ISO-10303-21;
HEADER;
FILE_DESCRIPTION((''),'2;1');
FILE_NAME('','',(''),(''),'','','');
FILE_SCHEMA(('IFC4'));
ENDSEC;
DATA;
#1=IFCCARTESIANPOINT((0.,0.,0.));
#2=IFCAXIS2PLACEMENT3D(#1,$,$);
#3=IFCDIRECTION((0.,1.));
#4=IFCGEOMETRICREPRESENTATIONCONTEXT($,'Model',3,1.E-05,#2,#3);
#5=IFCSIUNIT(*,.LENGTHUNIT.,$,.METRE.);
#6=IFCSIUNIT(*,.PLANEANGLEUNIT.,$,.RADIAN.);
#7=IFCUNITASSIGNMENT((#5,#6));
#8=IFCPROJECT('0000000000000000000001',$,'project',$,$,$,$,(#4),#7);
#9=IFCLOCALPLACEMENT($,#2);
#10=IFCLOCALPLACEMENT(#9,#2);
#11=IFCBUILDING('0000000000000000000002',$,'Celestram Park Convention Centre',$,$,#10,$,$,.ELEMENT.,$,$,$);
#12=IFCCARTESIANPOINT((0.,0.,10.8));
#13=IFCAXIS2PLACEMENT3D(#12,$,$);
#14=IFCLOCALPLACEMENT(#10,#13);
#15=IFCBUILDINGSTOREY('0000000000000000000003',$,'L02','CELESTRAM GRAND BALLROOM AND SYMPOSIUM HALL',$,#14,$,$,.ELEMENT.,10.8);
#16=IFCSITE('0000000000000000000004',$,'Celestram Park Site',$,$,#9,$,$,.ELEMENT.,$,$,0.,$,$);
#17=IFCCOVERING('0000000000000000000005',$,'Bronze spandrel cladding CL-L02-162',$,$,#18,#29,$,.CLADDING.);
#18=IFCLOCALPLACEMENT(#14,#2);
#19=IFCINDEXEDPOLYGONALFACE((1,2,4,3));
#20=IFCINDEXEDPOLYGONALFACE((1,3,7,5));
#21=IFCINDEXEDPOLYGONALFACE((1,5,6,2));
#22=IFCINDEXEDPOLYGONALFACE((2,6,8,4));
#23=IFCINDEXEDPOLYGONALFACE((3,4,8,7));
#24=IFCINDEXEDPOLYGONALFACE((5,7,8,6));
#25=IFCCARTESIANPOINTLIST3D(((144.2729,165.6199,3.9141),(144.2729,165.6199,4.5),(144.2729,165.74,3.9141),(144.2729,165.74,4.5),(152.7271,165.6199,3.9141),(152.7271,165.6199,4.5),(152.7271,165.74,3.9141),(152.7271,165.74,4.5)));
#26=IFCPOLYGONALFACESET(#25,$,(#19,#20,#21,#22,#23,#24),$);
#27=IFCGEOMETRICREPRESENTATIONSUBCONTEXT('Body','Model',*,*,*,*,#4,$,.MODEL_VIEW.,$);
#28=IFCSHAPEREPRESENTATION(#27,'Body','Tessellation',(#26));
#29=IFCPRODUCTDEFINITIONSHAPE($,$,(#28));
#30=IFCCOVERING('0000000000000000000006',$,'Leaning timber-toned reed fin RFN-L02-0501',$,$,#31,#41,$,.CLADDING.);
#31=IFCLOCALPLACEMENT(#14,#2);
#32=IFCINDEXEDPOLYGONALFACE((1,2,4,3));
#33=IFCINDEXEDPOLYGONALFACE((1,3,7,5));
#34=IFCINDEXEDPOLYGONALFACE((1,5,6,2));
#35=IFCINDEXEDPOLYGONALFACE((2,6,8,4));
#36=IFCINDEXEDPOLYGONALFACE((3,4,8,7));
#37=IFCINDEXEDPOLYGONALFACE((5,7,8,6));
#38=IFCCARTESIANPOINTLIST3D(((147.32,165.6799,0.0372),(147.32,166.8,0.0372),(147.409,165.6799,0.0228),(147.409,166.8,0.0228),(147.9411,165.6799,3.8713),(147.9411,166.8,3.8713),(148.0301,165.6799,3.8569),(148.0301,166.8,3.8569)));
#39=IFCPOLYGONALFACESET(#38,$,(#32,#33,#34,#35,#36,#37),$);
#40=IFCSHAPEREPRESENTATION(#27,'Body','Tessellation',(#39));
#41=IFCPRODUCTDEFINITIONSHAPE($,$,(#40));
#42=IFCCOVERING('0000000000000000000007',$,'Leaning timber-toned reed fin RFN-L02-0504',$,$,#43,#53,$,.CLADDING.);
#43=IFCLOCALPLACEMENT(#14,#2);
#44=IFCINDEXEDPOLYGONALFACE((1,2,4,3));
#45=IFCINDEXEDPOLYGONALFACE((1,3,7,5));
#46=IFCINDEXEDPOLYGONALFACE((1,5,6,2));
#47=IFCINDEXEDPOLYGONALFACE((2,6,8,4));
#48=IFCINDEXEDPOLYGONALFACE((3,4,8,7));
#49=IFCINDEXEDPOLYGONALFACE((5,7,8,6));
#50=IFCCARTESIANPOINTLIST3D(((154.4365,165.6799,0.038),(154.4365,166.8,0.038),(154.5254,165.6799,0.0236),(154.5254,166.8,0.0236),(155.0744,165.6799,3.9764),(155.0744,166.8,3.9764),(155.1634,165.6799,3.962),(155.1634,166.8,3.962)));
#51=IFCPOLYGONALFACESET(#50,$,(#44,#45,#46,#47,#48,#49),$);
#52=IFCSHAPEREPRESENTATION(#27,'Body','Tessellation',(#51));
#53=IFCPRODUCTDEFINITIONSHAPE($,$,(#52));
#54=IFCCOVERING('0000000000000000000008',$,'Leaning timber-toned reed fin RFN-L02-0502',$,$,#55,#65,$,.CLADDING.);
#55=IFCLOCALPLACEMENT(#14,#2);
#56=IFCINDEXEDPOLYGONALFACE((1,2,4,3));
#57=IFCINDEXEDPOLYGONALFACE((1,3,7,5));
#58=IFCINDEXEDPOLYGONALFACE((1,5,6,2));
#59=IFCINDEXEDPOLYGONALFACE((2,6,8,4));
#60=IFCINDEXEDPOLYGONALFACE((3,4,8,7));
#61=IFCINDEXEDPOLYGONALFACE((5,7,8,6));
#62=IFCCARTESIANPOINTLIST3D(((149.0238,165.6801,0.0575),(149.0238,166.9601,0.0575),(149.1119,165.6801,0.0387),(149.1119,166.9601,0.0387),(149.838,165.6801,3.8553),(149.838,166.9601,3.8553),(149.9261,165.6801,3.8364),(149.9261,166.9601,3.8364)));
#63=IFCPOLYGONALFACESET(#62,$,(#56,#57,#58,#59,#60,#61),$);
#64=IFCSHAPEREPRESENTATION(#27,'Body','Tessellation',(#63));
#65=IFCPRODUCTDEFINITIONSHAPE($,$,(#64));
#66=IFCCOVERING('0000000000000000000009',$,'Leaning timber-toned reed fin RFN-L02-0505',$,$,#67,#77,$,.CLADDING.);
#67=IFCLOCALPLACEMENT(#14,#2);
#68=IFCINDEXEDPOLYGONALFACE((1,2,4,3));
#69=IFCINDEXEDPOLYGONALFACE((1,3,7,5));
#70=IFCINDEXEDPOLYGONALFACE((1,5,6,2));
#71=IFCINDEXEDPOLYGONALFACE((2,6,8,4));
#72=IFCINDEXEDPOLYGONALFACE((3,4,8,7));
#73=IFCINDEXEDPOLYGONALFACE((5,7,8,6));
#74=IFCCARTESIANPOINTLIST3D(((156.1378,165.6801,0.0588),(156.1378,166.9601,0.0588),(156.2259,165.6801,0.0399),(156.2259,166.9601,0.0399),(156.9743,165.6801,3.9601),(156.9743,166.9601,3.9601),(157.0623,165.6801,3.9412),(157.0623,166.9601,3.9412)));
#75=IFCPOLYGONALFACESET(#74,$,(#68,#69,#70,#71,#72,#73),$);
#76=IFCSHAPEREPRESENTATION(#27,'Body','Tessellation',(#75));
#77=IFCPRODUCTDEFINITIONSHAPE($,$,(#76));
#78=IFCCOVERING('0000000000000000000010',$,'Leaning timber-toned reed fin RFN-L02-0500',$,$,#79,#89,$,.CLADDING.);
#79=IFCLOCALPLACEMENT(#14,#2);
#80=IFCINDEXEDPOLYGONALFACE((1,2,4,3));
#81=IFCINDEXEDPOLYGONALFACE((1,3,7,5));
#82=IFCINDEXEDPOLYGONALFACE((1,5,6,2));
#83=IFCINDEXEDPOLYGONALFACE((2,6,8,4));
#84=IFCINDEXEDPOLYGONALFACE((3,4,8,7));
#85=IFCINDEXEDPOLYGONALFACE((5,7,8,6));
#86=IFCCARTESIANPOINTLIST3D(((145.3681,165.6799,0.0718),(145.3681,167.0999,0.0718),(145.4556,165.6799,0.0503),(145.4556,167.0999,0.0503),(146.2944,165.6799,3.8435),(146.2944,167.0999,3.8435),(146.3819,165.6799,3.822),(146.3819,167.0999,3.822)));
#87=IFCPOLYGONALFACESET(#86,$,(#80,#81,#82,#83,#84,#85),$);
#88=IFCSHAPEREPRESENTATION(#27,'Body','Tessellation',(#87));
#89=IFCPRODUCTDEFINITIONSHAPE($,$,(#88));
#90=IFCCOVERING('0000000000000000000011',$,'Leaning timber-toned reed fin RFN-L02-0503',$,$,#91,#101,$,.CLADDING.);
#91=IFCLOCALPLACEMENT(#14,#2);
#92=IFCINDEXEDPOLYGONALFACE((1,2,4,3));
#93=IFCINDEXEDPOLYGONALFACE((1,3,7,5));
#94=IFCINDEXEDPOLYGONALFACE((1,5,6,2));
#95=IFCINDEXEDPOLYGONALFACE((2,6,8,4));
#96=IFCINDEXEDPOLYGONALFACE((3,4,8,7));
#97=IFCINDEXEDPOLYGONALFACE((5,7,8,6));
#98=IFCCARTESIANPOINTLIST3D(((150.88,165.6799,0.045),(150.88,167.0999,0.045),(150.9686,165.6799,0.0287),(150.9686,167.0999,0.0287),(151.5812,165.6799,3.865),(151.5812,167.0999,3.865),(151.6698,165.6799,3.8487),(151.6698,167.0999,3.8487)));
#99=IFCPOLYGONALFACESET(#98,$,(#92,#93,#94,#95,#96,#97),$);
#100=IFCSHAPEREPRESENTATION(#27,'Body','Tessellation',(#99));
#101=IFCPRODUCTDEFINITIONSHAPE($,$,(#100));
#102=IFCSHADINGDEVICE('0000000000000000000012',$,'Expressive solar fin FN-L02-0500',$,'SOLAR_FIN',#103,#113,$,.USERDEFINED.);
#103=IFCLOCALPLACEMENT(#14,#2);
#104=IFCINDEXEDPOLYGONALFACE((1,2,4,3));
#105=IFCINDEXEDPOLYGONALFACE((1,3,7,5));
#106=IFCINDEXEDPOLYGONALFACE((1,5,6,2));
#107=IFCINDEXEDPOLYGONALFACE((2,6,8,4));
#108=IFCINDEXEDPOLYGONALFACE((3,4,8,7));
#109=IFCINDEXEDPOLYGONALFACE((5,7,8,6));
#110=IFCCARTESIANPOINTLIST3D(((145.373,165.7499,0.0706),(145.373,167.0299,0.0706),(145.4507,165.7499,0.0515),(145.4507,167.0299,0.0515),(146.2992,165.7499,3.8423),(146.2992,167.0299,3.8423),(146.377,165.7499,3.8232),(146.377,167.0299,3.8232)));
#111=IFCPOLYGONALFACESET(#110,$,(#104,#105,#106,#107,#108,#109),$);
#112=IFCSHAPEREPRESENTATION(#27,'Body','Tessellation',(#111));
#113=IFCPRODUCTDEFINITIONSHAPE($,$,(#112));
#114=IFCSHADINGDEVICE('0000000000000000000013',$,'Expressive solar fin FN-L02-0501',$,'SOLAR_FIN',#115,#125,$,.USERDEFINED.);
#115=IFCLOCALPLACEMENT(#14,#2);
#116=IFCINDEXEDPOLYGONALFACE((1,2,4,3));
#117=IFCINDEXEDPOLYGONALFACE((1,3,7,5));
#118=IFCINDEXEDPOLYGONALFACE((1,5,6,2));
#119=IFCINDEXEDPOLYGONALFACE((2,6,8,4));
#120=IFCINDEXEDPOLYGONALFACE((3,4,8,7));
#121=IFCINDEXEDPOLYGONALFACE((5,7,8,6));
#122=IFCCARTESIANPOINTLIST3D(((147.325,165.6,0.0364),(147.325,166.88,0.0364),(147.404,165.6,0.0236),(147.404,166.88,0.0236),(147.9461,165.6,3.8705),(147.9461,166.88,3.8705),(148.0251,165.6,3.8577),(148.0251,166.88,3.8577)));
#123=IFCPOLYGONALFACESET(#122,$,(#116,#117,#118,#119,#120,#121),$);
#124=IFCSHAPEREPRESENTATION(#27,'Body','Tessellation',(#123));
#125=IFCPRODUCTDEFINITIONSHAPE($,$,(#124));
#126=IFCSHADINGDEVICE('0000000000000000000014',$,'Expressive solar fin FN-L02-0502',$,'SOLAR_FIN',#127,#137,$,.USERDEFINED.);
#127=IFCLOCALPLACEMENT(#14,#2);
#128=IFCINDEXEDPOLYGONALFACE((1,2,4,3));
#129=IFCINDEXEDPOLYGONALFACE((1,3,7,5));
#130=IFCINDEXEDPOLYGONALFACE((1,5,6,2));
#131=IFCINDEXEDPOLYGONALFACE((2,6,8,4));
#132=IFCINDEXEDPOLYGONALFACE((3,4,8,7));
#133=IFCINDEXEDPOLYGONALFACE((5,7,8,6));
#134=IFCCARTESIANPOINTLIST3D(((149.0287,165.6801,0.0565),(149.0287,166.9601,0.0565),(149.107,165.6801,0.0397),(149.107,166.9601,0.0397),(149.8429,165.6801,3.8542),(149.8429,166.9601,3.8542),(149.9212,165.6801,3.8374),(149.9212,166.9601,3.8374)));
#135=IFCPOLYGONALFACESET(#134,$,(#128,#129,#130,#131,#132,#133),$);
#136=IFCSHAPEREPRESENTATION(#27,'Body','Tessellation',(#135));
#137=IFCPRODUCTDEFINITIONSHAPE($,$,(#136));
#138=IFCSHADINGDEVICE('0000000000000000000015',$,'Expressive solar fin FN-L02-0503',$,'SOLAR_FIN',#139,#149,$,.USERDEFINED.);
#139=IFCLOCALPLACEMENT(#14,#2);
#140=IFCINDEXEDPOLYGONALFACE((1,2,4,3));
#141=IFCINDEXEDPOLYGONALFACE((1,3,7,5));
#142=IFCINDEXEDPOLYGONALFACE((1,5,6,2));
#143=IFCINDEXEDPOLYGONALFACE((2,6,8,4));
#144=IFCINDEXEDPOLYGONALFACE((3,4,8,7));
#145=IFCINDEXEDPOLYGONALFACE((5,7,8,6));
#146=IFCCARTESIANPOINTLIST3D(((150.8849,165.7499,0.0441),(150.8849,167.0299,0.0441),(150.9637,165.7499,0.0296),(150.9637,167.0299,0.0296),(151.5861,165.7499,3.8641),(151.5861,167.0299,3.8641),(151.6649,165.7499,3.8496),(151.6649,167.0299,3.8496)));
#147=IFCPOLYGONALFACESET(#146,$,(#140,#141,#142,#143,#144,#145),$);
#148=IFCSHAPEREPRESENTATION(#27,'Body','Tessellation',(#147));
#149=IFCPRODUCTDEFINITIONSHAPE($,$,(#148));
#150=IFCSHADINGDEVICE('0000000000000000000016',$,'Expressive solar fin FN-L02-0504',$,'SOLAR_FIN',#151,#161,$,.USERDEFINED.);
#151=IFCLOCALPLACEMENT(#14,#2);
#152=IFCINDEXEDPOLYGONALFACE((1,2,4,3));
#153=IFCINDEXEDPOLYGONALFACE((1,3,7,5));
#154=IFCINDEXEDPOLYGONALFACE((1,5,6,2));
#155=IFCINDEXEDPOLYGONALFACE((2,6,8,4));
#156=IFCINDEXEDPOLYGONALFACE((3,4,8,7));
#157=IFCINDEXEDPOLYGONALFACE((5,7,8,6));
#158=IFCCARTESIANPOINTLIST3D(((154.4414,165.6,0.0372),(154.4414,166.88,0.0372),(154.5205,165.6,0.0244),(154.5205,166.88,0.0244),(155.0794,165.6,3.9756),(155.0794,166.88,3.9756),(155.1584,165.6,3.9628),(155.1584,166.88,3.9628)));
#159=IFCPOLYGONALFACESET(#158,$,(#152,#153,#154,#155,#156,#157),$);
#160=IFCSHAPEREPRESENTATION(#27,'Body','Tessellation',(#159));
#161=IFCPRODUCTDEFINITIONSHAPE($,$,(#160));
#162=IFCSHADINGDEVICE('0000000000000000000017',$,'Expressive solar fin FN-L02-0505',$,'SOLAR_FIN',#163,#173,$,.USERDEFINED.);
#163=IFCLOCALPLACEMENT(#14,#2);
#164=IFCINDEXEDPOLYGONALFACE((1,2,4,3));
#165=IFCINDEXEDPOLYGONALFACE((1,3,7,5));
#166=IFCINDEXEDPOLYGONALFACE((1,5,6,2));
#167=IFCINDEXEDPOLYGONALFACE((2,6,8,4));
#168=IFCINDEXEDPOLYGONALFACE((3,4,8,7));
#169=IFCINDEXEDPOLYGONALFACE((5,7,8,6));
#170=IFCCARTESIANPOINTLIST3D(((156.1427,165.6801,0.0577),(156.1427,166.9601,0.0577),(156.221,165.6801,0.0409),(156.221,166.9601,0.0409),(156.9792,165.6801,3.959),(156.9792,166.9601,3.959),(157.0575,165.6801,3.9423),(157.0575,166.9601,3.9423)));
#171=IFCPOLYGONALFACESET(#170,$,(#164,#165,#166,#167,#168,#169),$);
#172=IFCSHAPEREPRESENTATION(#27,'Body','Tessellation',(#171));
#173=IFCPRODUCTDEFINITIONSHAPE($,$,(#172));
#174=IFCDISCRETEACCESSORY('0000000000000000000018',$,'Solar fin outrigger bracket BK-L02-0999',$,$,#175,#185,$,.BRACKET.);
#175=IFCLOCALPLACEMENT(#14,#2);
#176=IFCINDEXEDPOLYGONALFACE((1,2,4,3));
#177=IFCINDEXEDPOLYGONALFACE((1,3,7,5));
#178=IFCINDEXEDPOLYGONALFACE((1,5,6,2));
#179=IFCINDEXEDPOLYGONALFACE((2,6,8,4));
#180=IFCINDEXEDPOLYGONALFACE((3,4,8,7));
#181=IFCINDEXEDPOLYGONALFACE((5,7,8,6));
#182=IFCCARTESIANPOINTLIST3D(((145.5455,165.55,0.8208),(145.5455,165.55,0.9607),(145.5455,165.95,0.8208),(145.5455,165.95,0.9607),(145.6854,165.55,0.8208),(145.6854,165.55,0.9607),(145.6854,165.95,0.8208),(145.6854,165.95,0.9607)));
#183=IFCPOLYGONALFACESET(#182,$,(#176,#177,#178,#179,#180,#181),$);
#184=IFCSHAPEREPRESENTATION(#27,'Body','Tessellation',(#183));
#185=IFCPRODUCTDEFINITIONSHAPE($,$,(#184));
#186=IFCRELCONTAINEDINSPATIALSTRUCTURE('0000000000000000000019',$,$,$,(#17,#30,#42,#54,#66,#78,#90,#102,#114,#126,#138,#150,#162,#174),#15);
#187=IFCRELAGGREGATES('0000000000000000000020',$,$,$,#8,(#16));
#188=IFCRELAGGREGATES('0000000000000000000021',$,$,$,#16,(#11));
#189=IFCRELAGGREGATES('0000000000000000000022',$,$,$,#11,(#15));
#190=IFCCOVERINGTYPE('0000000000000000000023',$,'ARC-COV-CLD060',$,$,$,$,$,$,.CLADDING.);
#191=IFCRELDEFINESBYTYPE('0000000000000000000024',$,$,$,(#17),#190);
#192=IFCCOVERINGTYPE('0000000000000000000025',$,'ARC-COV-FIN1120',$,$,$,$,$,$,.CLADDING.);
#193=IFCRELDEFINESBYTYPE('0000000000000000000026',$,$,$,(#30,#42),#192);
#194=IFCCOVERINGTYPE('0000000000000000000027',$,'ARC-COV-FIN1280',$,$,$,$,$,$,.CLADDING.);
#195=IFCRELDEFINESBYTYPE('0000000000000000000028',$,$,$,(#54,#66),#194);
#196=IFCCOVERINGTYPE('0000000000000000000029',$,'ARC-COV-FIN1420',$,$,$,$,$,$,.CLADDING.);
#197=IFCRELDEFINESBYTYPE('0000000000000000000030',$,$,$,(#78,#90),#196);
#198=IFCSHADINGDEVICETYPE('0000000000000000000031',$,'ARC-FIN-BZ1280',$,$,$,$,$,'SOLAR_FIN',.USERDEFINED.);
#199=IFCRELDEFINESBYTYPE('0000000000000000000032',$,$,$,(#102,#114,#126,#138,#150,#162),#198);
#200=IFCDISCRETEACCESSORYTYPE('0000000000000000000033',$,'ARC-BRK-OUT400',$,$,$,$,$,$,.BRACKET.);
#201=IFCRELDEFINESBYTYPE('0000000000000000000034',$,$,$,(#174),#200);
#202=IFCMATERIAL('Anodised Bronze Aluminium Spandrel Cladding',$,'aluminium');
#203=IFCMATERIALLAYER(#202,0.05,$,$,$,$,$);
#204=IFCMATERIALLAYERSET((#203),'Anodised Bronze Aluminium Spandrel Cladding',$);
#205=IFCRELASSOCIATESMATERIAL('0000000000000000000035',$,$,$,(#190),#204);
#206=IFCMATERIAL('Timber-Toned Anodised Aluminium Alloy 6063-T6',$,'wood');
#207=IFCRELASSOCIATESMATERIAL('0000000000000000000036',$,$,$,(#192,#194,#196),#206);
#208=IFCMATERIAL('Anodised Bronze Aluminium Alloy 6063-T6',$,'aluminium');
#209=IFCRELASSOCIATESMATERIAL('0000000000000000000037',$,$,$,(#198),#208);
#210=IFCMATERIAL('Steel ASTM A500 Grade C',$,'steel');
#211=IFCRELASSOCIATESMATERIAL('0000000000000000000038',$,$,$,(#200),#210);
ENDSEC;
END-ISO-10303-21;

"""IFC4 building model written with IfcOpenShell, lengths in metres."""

from ifc_helpers import new_model, si_unit, direction, frame, origin, origin_2d, place, context, subcontext, project, spatial, rectangle, extrude, material, layer, layer_set, material_profile, profile_set, type_object, element, save


model = new_model("IFC4")

# Units and contexts
model_context = context("Model", 3, precision=1e-05, world=origin(), true_north=direction((0.0, 1.0)))
body_context = subcontext(model_context, "Body", "Model", "MODEL_VIEW")
ifc_project = project(units=[si_unit("LENGTHUNIT", "METRE"), si_unit("PLANEANGLEUNIT", "RADIAN")], contexts=[model_context])

# Site, building, storey
site_placement = place(None, origin())
site = spatial("IfcSite", under=ifc_project, at=site_placement, Name="Celestram Park Site", CompositionType="ELEMENT", RefElevation=0.0)
building_placement = place(site_placement, origin())
building = spatial("IfcBuilding", under=site, at=building_placement, Name="Celestram Park Convention Centre", CompositionType="ELEMENT")
storey_placement = place(building_placement, frame((0.0, 0.0, 10.8)))
storey = spatial("IfcBuildingStorey", under=building, at=storey_placement, Name="L02", Description="CELESTRAM GRAND BALLROOM AND SYMPOSIUM HALL", CompositionType="ELEMENT", Elevation=10.8)

# Coverings
ifc_material_1 = material(Name="Anodised Bronze Aluminium Spandrel Cladding", Category="aluminium")
ifc_layer = layer(ifc_material_1, 0.05)
ifc_layer_set = layer_set([ifc_layer], Name="Anodised Bronze Aluminium Spandrel Cladding")
covering_type_1 = type_object("IfcCoveringType", Name="ARC-COV-CLD060", PredefinedType="CLADDING", material=ifc_layer_set)
covering_1_placement = place(storey_placement, frame((148.5, 165.6799, 3.9141), z_axis=(0.0, 0.0, 1.0), x_axis=(1.0, 0.0, 0.0)))
element("IfcCovering", 1, at=covering_1_placement, inside=storey, type_object=covering_type_1, Name="Bronze spandrel cladding CL-L02-162", PredefinedType="CLADDING", context=body_context, shape_type="SweptSolid", body=[
    extrude(rectangle(XDim=8.4541, YDim=0.1201, at=origin_2d()), origin(), (0.0, 0.0, 1.0), 0.5859),
])
ifc_material_2 = material(Name="Timber-Toned Anodised Aluminium Alloy 6063-T6", Category="wood")
ifc_material_profile_1 = material_profile(ifc_material_2, rectangle(XDim=1.1201, YDim=0.0901, at=origin_2d()), Name="REED1120X90")
ifc_profile_set_1 = profile_set([ifc_material_profile_1], Name="Timber-Toned Anodised Aluminium Alloy 6063-T6")
covering_type_2 = type_object("IfcCoveringType", Name="ARC-COV-FIN1120", PredefinedType="CLADDING", material=ifc_profile_set_1)
covering_2_placement = place(storey_placement, frame((147.3645, 166.24, 0.03), z_axis=(0.159912, 0.0, 0.987131), x_axis=(0.0, 1.0, 0.0)))
element("IfcCovering", 2, at=covering_2_placement, inside=storey, type_object=covering_type_2, Name="Leaning timber-toned reed fin RFN-L02-0501", PredefinedType="CLADDING", context=body_context, shape_type="SweptSolid", body=[
    extrude(rectangle(XDim=1.1201, YDim=0.0901, at=origin_2d()), origin(), (0.0, 0.0, 1.0), 3.884),
])
covering_3_placement = place(storey_placement, frame((154.481, 166.24, 0.0308), z_axis=(0.159892, 0.0, 0.987134), x_axis=(0.0, 1.0, 0.0)))
element("IfcCovering", 3, at=covering_3_placement, inside=storey, type_object=covering_type_2, Name="Leaning timber-toned reed fin RFN-L02-0504", PredefinedType="CLADDING", context=body_context, shape_type="SweptSolid", body=[
    extrude(rectangle(XDim=1.1201, YDim=0.0901, at=origin_2d()), origin(), (0.0, 0.0, 1.0), 3.9897),
])
ifc_material_profile_2 = material_profile(ifc_material_2, rectangle(XDim=1.28, YDim=0.0901, at=origin_2d()), Name="REED1280X90")
ifc_profile_set_2 = profile_set([ifc_material_profile_2], Name="Timber-Toned Anodised Aluminium Alloy 6063-T6")
covering_type_3 = type_object("IfcCoveringType", Name="ARC-COV-FIN1280", PredefinedType="CLADDING", material=ifc_profile_set_2)
covering_4_placement = place(storey_placement, frame((149.0679, 166.3201, 0.0481), z_axis=(0.209624, 0.0, 0.977782), x_axis=(0.0, 1.0, 0.0)))
element("IfcCovering", 4, at=covering_4_placement, inside=storey, type_object=covering_type_3, Name="Leaning timber-toned reed fin RFN-L02-0502", PredefinedType="CLADDING", context=body_context, shape_type="SweptSolid", body=[
    extrude(rectangle(XDim=1.28, YDim=0.0901, at=origin_2d()), origin(), (0.0, 0.0, 1.0), 3.884),
])
covering_5_placement = place(storey_placement, frame((156.1819, 166.3201, 0.0493), z_axis=(0.209629, 0.0, 0.977781), x_axis=(0.0, 1.0, 0.0)))
element("IfcCovering", 5, at=covering_5_placement, inside=storey, type_object=covering_type_3, Name="Leaning timber-toned reed fin RFN-L02-0505", PredefinedType="CLADDING", context=body_context, shape_type="SweptSolid", body=[
    extrude(rectangle(XDim=1.28, YDim=0.0901, at=origin_2d()), origin(), (0.0, 0.0, 1.0), 3.99),
])
ifc_material_profile_3 = material_profile(ifc_material_2, rectangle(XDim=1.4199, YDim=0.0901, at=origin_2d()), Name="REED1420X90")
ifc_profile_set_3 = profile_set([ifc_material_profile_3], Name="Timber-Toned Anodised Aluminium Alloy 6063-T6")
covering_type_4 = type_object("IfcCoveringType", Name="ARC-COV-FIN1420", PredefinedType="CLADDING", material=ifc_profile_set_3)
for number, where, z_axis, x_axis, name in (
    (6, (145.4119, 166.3899, 0.061), (0.238496, 0.0, 0.971144), (0.0, 1.0, 0.0), "Leaning timber-toned reed fin RFN-L02-0500"),
    (7, (150.9243, 166.3899, 0.0369), (0.180534, 0.0, 0.983569), (0.0, 1.0, 0.0), "Leaning timber-toned reed fin RFN-L02-0503"),
):
    element("IfcCovering", number, at=place(storey_placement, frame(where, z_axis=z_axis, x_axis=x_axis)), inside=storey, type_object=covering_type_4, Name=name, PredefinedType="CLADDING", context=body_context, shape_type="SweptSolid", body=[
        extrude(rectangle(XDim=1.4199, YDim=0.0901, at=origin_2d()), origin(), (0.0, 0.0, 1.0), 3.8838),
    ])

# Shading devices
ifc_material_3 = material(Name="Anodised Bronze Aluminium Alloy 6063-T6", Category="aluminium")
ifc_material_profile_4 = material_profile(ifc_material_3, rectangle(XDim=1.28, YDim=0.0801, at=origin_2d()), Name="FIN1280X80")
ifc_profile_set_4 = profile_set([ifc_material_profile_4], Name="Anodised Bronze Aluminium Alloy 6063-T6")
shading_device_type = type_object("IfcShadingDeviceType", Name="ARC-FIN-BZ1280", ElementType="SOLAR_FIN", PredefinedType="USERDEFINED", material=ifc_profile_set_4)
shading_device_1_placement = place(storey_placement, frame((145.4119, 166.3899, 0.061), z_axis=(0.238496, 0.0, 0.971144), x_axis=(0.0, 1.0, 0.0)))
element("IfcShadingDevice", 8, at=shading_device_1_placement, inside=storey, type_object=shading_device_type, Name="Expressive solar fin FN-L02-0500", ObjectType="SOLAR_FIN", PredefinedType="USERDEFINED", context=body_context, shape_type="SweptSolid", body=[
    extrude(rectangle(XDim=1.28, YDim=0.0801, at=origin_2d()), origin(), (0.0, 0.0, 1.0), 3.8838),
])
for number, where, z_axis, x_axis, name in (
    (9, (147.3645, 166.24, 0.03), (0.159912, 0.0, 0.987131), (0.0, 1.0, 0.0), "Expressive solar fin FN-L02-0501"),
    (10, (149.0679, 166.3201, 0.0481), (0.209624, 0.0, 0.977782), (0.0, 1.0, 0.0), "Expressive solar fin FN-L02-0502"),
):
    element("IfcShadingDevice", number, at=place(storey_placement, frame(where, z_axis=z_axis, x_axis=x_axis)), inside=storey, type_object=shading_device_type, Name=name, ObjectType="SOLAR_FIN", PredefinedType="USERDEFINED", context=body_context, shape_type="SweptSolid", body=[
        extrude(rectangle(XDim=1.28, YDim=0.0801, at=origin_2d()), origin(), (0.0, 0.0, 1.0), 3.884),
    ])
shading_device_2_placement = place(storey_placement, frame((150.9243, 166.3899, 0.0369), z_axis=(0.180534, 0.0, 0.983569), x_axis=(0.0, 1.0, 0.0)))
element("IfcShadingDevice", 11, at=shading_device_2_placement, inside=storey, type_object=shading_device_type, Name="Expressive solar fin FN-L02-0503", ObjectType="SOLAR_FIN", PredefinedType="USERDEFINED", context=body_context, shape_type="SweptSolid", body=[
    extrude(rectangle(XDim=1.28, YDim=0.0801, at=origin_2d()), origin(), (0.0, 0.0, 1.0), 3.8838),
])
shading_device_3_placement = place(storey_placement, frame((154.481, 166.24, 0.0308), z_axis=(0.159892, 0.0, 0.987134), x_axis=(0.0, 1.0, 0.0)))
element("IfcShadingDevice", 12, at=shading_device_3_placement, inside=storey, type_object=shading_device_type, Name="Expressive solar fin FN-L02-0504", ObjectType="SOLAR_FIN", PredefinedType="USERDEFINED", context=body_context, shape_type="SweptSolid", body=[
    extrude(rectangle(XDim=1.28, YDim=0.0801, at=origin_2d()), origin(), (0.0, 0.0, 1.0), 3.9897),
])
shading_device_4_placement = place(storey_placement, frame((156.1819, 166.3201, 0.0493), z_axis=(0.209629, 0.0, 0.977781), x_axis=(0.0, 1.0, 0.0)))
element("IfcShadingDevice", 13, at=shading_device_4_placement, inside=storey, type_object=shading_device_type, Name="Expressive solar fin FN-L02-0505", ObjectType="SOLAR_FIN", PredefinedType="USERDEFINED", context=body_context, shape_type="SweptSolid", body=[
    extrude(rectangle(XDim=1.28, YDim=0.0801, at=origin_2d()), origin(), (0.0, 0.0, 1.0), 3.99),
])

# Discrete accessory
ifc_material_4 = material(Name="Steel ASTM A500 Grade C", Category="steel")
discrete_accessory_type = type_object("IfcDiscreteAccessoryType", Name="ARC-BRK-OUT400", PredefinedType="BRACKET", material=ifc_material_4)
for number, where, z_axis, x_axis, name in (
    (14, (145.6155, 165.75, 0.8208), (0.0, 0.0, 1.0), (0.0, 1.0, 0.0), "Solar fin outrigger bracket BK-L02-0999"),
):
    element("IfcDiscreteAccessory", number, at=place(storey_placement, frame(where, z_axis=z_axis, x_axis=x_axis)), inside=storey, type_object=discrete_accessory_type, Name=name, PredefinedType="BRACKET", context=body_context, shape_type="SweptSolid", body=[
        extrude(rectangle(XDim=0.3999, YDim=0.1399, at=origin_2d()), origin(), (0.0, 0.0, 1.0), 0.1399),
    ])

save(model, "model.ifc")
